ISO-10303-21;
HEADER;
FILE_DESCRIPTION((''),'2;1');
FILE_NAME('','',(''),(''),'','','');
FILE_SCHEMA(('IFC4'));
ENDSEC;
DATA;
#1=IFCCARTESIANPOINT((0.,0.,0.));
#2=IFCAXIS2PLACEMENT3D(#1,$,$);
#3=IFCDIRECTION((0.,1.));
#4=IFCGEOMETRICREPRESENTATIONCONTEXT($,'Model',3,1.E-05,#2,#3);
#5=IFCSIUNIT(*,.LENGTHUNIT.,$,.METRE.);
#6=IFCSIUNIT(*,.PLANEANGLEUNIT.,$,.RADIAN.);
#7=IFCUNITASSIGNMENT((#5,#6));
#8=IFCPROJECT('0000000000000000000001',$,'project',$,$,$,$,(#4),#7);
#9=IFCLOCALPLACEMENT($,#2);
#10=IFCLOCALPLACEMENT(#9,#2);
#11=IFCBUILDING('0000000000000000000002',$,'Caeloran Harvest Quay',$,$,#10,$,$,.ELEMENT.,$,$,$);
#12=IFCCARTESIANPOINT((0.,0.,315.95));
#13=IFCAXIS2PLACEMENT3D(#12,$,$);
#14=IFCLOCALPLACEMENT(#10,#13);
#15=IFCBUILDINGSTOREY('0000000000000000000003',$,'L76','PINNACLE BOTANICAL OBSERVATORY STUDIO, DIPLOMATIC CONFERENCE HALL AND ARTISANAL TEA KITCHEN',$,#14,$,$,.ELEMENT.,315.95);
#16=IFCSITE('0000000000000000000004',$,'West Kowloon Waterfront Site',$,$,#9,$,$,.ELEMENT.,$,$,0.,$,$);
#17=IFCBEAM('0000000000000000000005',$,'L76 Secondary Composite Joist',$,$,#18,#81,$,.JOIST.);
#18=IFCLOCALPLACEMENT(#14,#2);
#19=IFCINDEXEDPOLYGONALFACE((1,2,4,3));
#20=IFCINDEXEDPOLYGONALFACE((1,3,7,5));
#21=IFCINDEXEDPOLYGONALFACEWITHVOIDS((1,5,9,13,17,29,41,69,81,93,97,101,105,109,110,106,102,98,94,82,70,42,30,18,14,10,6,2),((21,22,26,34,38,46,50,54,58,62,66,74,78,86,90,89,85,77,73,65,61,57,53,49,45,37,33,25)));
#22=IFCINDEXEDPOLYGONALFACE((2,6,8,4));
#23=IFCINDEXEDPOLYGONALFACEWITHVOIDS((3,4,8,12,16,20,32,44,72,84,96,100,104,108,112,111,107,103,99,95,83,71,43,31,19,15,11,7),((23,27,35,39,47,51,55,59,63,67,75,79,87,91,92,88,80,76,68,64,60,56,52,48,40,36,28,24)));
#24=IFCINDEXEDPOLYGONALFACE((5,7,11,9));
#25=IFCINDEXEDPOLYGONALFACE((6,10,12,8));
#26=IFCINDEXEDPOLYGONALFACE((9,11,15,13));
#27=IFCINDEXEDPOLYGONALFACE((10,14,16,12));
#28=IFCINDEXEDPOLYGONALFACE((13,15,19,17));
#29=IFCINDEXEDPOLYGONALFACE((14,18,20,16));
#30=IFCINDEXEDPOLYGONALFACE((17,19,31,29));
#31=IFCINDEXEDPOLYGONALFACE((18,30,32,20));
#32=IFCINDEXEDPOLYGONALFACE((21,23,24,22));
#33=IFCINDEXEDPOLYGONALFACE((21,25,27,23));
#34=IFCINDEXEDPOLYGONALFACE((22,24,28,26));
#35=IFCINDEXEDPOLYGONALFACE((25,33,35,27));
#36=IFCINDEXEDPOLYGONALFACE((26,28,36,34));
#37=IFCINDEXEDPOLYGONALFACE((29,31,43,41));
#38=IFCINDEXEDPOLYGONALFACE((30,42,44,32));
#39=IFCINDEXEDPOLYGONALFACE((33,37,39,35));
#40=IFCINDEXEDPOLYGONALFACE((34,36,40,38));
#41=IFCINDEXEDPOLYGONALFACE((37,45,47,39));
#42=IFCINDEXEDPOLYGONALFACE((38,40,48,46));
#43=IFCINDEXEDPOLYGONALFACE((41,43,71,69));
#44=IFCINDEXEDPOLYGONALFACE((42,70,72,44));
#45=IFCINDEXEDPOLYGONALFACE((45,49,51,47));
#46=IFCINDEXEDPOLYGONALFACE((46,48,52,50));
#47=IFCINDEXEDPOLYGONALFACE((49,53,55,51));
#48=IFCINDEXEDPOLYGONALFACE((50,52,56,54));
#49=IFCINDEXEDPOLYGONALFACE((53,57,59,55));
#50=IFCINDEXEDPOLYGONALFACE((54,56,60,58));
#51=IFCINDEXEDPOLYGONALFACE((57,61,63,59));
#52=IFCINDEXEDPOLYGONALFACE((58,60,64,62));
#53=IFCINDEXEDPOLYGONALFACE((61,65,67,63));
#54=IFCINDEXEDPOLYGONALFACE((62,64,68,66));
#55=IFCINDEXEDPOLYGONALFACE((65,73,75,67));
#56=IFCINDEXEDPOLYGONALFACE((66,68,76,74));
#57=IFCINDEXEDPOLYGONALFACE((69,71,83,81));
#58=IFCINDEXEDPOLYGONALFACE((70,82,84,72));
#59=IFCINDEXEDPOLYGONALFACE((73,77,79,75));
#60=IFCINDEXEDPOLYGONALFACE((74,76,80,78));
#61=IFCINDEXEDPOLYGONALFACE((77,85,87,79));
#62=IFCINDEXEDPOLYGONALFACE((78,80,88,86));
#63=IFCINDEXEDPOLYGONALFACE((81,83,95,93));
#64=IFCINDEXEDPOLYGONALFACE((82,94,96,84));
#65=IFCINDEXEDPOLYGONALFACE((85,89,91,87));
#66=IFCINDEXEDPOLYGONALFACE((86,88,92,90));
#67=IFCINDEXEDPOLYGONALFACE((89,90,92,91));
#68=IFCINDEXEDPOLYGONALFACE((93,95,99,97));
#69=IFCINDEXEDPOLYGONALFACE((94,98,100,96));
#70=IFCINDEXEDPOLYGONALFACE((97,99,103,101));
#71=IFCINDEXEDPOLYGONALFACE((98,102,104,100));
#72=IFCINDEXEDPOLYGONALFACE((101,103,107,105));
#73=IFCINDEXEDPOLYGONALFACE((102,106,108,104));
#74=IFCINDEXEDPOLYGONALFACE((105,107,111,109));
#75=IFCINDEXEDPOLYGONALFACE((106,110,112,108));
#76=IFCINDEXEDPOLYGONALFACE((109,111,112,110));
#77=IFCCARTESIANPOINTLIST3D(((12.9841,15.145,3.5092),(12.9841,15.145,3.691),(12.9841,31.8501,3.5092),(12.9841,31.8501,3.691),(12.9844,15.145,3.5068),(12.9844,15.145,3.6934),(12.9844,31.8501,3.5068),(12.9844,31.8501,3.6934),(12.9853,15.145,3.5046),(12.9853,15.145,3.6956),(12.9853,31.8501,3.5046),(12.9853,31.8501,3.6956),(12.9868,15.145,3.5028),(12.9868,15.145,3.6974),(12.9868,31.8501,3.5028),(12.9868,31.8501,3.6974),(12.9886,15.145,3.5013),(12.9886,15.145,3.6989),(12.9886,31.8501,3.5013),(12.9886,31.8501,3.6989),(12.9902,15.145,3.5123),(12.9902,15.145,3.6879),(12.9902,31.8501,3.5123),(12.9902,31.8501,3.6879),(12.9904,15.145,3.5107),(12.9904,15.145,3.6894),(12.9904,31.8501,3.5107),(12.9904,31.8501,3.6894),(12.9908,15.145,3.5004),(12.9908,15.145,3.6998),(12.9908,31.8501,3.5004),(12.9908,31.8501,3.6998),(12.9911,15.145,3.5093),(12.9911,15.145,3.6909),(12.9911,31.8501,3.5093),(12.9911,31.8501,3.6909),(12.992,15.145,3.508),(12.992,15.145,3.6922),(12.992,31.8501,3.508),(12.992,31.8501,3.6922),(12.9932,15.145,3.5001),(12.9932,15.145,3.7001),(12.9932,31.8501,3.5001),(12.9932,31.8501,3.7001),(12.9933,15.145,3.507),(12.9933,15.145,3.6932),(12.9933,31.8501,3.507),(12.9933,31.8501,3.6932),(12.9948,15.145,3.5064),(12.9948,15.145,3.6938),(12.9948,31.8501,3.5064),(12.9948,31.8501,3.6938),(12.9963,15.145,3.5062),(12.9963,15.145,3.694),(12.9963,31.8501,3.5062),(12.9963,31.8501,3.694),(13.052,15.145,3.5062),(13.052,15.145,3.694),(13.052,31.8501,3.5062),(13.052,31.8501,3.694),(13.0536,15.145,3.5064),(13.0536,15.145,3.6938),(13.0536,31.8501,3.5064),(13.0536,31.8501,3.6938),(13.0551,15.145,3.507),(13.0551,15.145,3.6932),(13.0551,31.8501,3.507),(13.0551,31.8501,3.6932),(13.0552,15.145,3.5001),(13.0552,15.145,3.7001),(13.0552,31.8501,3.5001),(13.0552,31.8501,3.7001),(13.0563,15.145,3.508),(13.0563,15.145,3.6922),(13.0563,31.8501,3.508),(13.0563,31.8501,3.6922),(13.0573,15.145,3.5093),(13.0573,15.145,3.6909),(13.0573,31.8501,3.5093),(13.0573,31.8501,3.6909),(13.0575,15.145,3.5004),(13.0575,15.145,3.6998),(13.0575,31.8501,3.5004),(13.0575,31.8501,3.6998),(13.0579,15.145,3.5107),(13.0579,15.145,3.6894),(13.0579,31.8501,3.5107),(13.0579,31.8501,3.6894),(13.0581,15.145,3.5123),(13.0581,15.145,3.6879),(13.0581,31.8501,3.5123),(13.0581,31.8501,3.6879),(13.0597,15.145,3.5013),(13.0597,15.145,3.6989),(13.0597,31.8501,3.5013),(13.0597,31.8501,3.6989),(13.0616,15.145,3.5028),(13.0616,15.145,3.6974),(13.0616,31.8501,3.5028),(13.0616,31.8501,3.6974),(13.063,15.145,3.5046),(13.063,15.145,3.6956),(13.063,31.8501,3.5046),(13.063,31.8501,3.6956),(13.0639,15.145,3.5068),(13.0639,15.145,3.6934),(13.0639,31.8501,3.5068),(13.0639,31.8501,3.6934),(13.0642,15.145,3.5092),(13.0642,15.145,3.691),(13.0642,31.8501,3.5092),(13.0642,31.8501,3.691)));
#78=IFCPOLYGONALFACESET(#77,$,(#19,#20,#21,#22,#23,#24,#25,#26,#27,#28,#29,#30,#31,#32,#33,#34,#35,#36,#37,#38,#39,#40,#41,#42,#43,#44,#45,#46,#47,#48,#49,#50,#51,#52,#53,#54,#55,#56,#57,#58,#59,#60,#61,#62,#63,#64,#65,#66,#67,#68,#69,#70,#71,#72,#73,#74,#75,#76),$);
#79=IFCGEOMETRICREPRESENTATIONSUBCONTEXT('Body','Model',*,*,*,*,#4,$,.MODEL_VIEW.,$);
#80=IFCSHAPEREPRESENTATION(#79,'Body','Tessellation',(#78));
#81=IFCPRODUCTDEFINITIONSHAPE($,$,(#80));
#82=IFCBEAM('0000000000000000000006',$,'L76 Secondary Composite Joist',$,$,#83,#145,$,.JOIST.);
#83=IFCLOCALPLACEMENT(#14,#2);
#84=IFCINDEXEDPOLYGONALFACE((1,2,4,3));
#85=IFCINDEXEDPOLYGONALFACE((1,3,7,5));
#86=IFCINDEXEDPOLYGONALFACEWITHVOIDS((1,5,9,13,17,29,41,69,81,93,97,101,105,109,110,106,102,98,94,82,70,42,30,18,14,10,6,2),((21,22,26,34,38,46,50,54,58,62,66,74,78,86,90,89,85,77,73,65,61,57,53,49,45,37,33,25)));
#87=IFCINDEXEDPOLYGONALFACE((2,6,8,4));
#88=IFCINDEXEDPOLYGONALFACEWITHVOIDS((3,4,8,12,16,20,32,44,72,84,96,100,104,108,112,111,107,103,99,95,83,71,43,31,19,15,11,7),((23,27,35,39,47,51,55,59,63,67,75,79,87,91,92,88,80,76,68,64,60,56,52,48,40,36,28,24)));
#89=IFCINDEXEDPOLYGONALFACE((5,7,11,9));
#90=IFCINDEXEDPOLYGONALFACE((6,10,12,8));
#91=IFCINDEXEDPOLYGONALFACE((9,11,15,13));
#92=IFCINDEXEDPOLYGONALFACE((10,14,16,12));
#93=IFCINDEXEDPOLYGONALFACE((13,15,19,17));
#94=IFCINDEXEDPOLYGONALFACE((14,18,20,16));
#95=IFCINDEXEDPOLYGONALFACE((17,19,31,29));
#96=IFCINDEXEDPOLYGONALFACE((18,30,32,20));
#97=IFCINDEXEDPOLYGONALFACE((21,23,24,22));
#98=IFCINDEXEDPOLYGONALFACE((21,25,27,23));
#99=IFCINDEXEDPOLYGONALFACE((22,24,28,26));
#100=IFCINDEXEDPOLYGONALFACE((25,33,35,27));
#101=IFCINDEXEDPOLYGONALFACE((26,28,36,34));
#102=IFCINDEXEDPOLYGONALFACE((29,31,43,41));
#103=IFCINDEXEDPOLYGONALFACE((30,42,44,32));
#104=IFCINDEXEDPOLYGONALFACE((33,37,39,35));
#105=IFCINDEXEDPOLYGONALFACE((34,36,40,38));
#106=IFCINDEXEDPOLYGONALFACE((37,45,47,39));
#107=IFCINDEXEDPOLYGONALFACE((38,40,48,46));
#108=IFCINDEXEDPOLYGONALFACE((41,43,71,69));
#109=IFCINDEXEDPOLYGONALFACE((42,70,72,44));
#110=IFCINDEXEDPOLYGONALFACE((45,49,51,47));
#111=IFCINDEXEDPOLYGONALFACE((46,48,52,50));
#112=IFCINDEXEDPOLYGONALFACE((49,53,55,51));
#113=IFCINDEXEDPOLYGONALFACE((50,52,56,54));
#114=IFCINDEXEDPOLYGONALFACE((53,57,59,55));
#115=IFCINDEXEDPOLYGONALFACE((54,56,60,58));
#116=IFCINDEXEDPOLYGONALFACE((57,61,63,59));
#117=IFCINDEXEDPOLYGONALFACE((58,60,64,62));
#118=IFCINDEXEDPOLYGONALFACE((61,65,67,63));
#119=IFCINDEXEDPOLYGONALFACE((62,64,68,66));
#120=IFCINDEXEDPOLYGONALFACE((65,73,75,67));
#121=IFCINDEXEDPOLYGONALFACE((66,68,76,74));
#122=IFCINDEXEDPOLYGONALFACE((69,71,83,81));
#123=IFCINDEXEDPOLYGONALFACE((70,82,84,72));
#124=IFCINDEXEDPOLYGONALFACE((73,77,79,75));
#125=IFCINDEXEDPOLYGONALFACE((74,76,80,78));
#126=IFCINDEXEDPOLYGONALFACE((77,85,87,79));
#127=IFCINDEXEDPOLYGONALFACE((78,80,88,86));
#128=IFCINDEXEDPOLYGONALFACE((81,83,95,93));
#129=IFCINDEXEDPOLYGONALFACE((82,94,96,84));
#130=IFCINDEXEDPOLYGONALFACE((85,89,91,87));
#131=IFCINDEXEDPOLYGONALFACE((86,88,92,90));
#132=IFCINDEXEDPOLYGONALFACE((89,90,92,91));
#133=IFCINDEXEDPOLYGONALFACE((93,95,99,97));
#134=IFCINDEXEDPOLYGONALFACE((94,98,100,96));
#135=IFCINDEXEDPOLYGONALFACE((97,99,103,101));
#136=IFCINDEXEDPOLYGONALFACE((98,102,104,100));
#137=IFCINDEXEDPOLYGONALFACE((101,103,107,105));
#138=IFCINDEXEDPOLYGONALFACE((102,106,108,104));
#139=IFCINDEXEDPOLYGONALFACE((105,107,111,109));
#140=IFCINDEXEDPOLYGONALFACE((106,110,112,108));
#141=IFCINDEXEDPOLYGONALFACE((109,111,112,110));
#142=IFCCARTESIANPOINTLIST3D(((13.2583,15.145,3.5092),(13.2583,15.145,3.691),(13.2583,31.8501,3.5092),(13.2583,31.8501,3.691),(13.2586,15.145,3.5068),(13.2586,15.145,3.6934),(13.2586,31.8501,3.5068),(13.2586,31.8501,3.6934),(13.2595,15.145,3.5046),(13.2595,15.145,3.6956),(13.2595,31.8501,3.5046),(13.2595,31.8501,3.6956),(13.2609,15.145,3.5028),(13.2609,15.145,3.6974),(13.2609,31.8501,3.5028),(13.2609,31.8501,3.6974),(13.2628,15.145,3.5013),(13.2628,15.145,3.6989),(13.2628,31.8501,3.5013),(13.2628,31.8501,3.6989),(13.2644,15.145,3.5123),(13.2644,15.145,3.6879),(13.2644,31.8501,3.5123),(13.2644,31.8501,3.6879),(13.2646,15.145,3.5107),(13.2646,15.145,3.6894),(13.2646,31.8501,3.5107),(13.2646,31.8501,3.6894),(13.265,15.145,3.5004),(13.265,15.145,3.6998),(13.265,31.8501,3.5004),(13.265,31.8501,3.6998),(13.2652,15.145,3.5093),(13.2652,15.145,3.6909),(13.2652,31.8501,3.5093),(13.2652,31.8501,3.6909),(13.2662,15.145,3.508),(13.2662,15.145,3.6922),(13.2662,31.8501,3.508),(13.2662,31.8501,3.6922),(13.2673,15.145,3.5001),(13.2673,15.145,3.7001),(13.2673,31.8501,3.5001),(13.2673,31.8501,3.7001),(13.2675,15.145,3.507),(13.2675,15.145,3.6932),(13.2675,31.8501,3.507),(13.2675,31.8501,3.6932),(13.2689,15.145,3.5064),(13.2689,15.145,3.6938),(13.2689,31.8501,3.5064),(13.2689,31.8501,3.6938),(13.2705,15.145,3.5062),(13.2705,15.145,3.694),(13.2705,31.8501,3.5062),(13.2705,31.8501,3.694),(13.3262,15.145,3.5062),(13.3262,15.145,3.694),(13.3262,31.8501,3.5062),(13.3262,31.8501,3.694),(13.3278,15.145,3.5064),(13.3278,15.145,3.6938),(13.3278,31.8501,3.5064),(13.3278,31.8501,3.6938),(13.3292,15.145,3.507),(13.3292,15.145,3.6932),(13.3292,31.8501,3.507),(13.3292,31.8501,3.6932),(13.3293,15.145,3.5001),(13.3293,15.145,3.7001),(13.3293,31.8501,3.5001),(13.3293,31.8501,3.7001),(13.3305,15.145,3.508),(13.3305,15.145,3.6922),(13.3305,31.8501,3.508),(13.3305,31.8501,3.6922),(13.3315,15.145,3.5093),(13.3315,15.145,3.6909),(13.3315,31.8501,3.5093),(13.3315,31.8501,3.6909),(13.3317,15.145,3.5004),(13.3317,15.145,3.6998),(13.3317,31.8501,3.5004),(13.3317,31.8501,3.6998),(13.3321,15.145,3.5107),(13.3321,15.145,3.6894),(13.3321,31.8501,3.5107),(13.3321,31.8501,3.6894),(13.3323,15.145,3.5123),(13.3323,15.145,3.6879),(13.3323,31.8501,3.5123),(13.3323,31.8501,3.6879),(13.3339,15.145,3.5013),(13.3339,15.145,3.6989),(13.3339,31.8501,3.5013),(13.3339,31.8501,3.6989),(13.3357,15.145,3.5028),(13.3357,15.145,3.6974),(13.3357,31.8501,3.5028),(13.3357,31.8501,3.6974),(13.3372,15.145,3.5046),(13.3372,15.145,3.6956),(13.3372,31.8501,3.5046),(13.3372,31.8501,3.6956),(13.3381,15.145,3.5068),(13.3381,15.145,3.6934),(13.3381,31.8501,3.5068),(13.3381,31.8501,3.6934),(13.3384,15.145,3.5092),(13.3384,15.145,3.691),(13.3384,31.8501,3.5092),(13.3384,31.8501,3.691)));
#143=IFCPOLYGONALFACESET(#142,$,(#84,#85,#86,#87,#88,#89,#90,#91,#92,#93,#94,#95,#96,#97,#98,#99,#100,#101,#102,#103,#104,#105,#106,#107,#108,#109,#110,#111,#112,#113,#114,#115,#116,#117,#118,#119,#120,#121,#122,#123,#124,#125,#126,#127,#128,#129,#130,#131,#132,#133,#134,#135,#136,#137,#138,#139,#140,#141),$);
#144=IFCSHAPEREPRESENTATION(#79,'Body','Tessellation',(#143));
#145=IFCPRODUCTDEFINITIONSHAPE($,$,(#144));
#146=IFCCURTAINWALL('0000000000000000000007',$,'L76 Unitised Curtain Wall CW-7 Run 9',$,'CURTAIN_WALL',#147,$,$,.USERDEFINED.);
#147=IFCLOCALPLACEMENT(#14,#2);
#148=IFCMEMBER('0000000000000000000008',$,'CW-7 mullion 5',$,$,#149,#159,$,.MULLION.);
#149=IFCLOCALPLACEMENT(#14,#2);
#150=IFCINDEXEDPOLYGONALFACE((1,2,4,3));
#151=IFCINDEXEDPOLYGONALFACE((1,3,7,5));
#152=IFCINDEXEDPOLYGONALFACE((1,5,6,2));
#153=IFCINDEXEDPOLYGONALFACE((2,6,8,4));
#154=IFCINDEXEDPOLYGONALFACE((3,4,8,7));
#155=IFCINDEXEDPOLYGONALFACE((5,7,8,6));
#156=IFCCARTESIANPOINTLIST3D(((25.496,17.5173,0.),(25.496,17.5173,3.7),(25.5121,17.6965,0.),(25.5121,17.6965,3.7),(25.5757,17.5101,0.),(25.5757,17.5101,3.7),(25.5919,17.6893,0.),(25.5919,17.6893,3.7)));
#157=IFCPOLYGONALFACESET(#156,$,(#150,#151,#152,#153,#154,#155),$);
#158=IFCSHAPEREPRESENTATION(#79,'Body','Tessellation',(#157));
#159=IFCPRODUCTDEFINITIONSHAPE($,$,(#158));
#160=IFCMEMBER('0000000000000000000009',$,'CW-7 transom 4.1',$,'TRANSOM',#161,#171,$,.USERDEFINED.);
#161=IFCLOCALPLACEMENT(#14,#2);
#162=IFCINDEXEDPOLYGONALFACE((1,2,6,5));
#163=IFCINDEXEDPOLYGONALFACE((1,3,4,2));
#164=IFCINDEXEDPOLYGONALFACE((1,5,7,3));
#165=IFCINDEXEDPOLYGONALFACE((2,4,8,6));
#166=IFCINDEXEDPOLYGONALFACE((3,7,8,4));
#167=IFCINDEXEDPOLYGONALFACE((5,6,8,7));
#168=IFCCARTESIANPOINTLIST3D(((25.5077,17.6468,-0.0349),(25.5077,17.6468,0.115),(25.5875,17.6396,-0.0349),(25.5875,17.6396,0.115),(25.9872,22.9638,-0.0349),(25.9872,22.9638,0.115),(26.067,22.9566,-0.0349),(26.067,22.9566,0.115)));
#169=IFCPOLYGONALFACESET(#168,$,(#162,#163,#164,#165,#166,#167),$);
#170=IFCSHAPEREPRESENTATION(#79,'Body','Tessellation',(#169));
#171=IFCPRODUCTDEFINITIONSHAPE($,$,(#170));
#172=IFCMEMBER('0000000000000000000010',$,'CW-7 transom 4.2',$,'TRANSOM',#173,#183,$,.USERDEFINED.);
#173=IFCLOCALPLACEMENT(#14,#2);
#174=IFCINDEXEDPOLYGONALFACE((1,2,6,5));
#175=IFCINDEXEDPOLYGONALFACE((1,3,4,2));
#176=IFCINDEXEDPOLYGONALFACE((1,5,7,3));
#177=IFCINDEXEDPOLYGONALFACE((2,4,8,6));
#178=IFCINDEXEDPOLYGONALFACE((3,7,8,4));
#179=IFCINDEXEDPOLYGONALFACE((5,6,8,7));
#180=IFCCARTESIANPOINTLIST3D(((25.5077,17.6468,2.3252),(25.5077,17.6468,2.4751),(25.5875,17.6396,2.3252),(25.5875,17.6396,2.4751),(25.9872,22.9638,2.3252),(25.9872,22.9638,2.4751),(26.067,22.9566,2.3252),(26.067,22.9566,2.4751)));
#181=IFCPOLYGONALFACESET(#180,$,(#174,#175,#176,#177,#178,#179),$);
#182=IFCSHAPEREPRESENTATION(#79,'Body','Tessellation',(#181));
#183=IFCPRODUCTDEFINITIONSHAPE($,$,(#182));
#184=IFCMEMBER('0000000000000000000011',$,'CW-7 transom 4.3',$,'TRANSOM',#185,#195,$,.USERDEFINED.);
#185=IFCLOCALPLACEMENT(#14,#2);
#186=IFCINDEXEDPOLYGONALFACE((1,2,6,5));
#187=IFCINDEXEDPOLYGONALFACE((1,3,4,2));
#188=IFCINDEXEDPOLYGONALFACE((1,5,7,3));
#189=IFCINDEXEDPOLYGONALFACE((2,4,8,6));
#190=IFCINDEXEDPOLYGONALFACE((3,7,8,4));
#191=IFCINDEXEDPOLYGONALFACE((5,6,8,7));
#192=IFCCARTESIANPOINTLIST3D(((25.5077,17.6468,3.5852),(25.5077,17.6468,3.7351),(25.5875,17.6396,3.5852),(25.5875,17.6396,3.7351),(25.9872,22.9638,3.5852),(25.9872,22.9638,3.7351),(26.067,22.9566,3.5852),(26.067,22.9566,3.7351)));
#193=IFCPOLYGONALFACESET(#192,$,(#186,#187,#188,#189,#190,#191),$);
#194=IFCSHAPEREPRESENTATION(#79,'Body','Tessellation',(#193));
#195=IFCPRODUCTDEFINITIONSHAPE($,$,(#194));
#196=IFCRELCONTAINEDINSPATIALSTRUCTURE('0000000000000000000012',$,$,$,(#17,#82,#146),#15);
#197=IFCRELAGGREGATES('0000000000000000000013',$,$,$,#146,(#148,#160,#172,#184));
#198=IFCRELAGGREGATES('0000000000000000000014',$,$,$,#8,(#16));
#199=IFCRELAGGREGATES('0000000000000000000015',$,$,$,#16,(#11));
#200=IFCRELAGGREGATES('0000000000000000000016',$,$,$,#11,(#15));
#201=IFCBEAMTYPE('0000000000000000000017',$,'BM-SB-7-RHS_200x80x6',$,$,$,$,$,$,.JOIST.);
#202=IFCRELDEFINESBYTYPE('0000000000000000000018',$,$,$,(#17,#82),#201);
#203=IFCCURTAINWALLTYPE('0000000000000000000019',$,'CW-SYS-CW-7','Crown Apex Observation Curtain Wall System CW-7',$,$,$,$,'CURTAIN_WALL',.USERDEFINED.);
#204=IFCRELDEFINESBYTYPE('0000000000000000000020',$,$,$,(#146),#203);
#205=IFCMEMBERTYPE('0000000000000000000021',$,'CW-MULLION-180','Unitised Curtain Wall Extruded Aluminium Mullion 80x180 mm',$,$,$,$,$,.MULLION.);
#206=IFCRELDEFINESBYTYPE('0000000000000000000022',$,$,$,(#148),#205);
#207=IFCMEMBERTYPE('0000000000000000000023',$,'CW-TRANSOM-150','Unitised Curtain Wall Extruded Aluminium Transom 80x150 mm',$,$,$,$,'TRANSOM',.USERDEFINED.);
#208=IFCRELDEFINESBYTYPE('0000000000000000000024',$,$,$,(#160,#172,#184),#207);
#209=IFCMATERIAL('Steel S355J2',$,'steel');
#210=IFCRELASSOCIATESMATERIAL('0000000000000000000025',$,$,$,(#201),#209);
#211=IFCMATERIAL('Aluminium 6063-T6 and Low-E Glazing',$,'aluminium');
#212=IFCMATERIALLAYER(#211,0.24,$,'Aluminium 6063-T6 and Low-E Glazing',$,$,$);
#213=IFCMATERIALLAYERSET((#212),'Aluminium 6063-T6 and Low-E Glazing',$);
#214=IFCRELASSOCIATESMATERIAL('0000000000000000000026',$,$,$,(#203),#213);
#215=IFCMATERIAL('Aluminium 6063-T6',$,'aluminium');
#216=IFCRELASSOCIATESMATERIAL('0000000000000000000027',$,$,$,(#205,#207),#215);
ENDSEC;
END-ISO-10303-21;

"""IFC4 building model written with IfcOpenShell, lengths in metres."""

from ifc_helpers import new_model, si_unit, direction, frame, origin, origin_2d, place, context, subcontext, project, spatial, rectangle, hollow_rectangle, extrude, material, layer, layer_set, material_profile, profile_set, type_object, element, aggregate, save


model = new_model("IFC4")

# Units and contexts
model_context = context("Model", 3, precision=1e-05, world=origin(), true_north=direction((0.0, 1.0)))
body_context = subcontext(model_context, "Body", "Model", "MODEL_VIEW")
ifc_project = project(units=[si_unit("LENGTHUNIT", "METRE"), si_unit("PLANEANGLEUNIT", "RADIAN")], contexts=[model_context])

# Site, building, storey
site_placement = place(None, origin())
site = spatial("IfcSite", under=ifc_project, at=site_placement, Name="West Kowloon Waterfront Site", CompositionType="ELEMENT", RefElevation=0.0)
building_placement = place(site_placement, origin())
building = spatial("IfcBuilding", under=site, at=building_placement, Name="Caeloran Harvest Quay", CompositionType="ELEMENT")
storey_placement = place(building_placement, frame((0.0, 0.0, 315.95)))
storey = spatial("IfcBuildingStorey", under=building, at=storey_placement, Name="L76", Description="PINNACLE BOTANICAL OBSERVATORY STUDIO, DIPLOMATIC CONFERENCE HALL AND ARTISANAL TEA KITCHEN", CompositionType="ELEMENT", Elevation=315.95)

# Beams
ifc_material_1 = material(Name="Steel S355J2", Category="steel")
ifc_material_profile_1 = material_profile(ifc_material_1, hollow_rectangle(XDim=0.0801, YDim=0.2, WallThickness=0.0061, InnerFilletRadius=0.0061, OuterFilletRadius=0.009, at=origin_2d()), Name="RHS 200x80x6")
ifc_profile_set_1 = profile_set([ifc_material_profile_1], Name="Steel S355J2")
beam_type_1 = type_object("IfcBeamType", Name="BM-SB-7-RHS_200x80x6", PredefinedType="JOIST", material=ifc_profile_set_1)
for number, where, z_axis, x_axis, name in (
    (1, (13.0242, 15.145, 3.6001), (0.0, 1.0, 0.0), (-1.0, 0.0, 0.0), "L76 Secondary Composite Joist"),
    (2, (13.2983, 15.145, 3.6001), (0.0, 1.0, 0.0), (-1.0, 0.0, 0.0), "L76 Secondary Composite Joist"),
):
    element("IfcBeam", number, at=place(storey_placement, frame(where, z_axis=z_axis, x_axis=x_axis)), inside=storey, type_object=beam_type_1, Name=name, PredefinedType="JOIST", context=body_context, shape_type="SweptSolid", body=[
        extrude(hollow_rectangle(XDim=0.0801, YDim=0.2, WallThickness=0.0061, InnerFilletRadius=0.0061, OuterFilletRadius=0.009, at=origin_2d()), origin(), (0.0, 0.0, 1.0), 16.7051),
    ])

# Curtain wall, members
ifc_material_2 = material(Name="Aluminium 6063-T6 and Low-E Glazing", Category="aluminium")
ifc_layer_1 = layer(ifc_material_2, 0.24, Name="Aluminium 6063-T6 and Low-E Glazing")
ifc_layer_set_1 = layer_set([ifc_layer_1], Name="Aluminium 6063-T6 and Low-E Glazing")
curtain_wall_type = type_object("IfcCurtainWallType", Name="CW-SYS-CW-7", Description="Crown Apex Observation Curtain Wall System CW-7", ElementType="CURTAIN_WALL", PredefinedType="USERDEFINED", material=ifc_layer_set_1)
curtain_wall_placement = place(storey_placement, origin())
curtain_wall = element("IfcCurtainWall", 3, at=curtain_wall_placement, inside=storey, type_object=curtain_wall_type, Name="L76 Unitised Curtain Wall CW-7 Run 9", ObjectType="CURTAIN_WALL", PredefinedType="USERDEFINED")
ifc_material_3 = material(Name="Aluminium 6063-T6", Category="aluminium")
ifc_material_profile_2 = material_profile(ifc_material_3, rectangle(XDim=0.0801, YDim=0.1799, at=origin_2d()), Name="CW-MULLION-180")
ifc_profile_set_2 = profile_set([ifc_material_profile_2], Name="Aluminium 6063-T6")
member_type_1 = type_object("IfcMemberType", Name="CW-MULLION-180", Description="Unitised Curtain Wall Extruded Aluminium Mullion 80x180 mm", PredefinedType="MULLION", material=ifc_profile_set_2)
member_1_placement = place(storey_placement, frame((25.5439, 17.6033, 0.0), z_axis=(0.0, 0.0, 1.0), x_axis=(0.995958, -0.089821, 0.0)))
member_1 = element("IfcMember", 4, at=member_1_placement, type_object=member_type_1, Name="CW-7 mullion 5", PredefinedType="MULLION", context=body_context, shape_type="SweptSolid", body=[
    extrude(rectangle(XDim=0.0801, YDim=0.1799, at=origin_2d()), origin(), (0.0, 0.0, 1.0), 3.7),
])
ifc_material_profile_3 = material_profile(ifc_material_3, rectangle(XDim=0.0801, YDim=0.1499, at=origin_2d()), Name="CW-TRANSOM-150")
ifc_profile_set_3 = profile_set([ifc_material_profile_3], Name="Aluminium 6063-T6")
member_type_2 = type_object("IfcMemberType", Name="CW-TRANSOM-150", Description="Unitised Curtain Wall Extruded Aluminium Transom 80x150 mm", ElementType="TRANSOM", PredefinedType="USERDEFINED", material=ifc_profile_set_3)
member_2_placement = place(storey_placement, frame((26.0271, 22.9602, 0.04), z_axis=(-0.089814, -0.995959, 0.0), x_axis=(0.995959, -0.089814, 0.0)))
member_2 = element("IfcMember", 5, at=member_2_placement, type_object=member_type_2, Name="CW-7 transom 4.1", ObjectType="TRANSOM", PredefinedType="USERDEFINED", context=body_context, shape_type="SweptSolid", body=[
    extrude(rectangle(XDim=0.0801, YDim=0.1499, at=origin_2d()), origin(), (0.0, 0.0, 1.0), 5.3386),
])
member_3_placement = place(storey_placement, frame((26.0271, 22.9602, 2.4001), z_axis=(-0.089814, -0.995959, 0.0), x_axis=(0.995959, -0.089814, 0.0)))
member_3 = element("IfcMember", 6, at=member_3_placement, type_object=member_type_2, Name="CW-7 transom 4.2", ObjectType="TRANSOM", PredefinedType="USERDEFINED", context=body_context, shape_type="SweptSolid", body=[
    extrude(rectangle(XDim=0.0801, YDim=0.1499, at=origin_2d()), origin(), (0.0, 0.0, 1.0), 5.3386),
])
member_4_placement = place(storey_placement, frame((26.0271, 22.9602, 3.6602), z_axis=(-0.089814, -0.995959, 0.0), x_axis=(0.995959, -0.089814, 0.0)))
member_4 = element("IfcMember", 7, at=member_4_placement, type_object=member_type_2, Name="CW-7 transom 4.3", ObjectType="TRANSOM", PredefinedType="USERDEFINED", context=body_context, shape_type="SweptSolid", body=[
    extrude(rectangle(XDim=0.0801, YDim=0.1499, at=origin_2d()), origin(), (0.0, 0.0, 1.0), 5.3386),
])
aggregate(curtain_wall, [member_1, member_2, member_3, member_4])

save(model, "model.ifc")
